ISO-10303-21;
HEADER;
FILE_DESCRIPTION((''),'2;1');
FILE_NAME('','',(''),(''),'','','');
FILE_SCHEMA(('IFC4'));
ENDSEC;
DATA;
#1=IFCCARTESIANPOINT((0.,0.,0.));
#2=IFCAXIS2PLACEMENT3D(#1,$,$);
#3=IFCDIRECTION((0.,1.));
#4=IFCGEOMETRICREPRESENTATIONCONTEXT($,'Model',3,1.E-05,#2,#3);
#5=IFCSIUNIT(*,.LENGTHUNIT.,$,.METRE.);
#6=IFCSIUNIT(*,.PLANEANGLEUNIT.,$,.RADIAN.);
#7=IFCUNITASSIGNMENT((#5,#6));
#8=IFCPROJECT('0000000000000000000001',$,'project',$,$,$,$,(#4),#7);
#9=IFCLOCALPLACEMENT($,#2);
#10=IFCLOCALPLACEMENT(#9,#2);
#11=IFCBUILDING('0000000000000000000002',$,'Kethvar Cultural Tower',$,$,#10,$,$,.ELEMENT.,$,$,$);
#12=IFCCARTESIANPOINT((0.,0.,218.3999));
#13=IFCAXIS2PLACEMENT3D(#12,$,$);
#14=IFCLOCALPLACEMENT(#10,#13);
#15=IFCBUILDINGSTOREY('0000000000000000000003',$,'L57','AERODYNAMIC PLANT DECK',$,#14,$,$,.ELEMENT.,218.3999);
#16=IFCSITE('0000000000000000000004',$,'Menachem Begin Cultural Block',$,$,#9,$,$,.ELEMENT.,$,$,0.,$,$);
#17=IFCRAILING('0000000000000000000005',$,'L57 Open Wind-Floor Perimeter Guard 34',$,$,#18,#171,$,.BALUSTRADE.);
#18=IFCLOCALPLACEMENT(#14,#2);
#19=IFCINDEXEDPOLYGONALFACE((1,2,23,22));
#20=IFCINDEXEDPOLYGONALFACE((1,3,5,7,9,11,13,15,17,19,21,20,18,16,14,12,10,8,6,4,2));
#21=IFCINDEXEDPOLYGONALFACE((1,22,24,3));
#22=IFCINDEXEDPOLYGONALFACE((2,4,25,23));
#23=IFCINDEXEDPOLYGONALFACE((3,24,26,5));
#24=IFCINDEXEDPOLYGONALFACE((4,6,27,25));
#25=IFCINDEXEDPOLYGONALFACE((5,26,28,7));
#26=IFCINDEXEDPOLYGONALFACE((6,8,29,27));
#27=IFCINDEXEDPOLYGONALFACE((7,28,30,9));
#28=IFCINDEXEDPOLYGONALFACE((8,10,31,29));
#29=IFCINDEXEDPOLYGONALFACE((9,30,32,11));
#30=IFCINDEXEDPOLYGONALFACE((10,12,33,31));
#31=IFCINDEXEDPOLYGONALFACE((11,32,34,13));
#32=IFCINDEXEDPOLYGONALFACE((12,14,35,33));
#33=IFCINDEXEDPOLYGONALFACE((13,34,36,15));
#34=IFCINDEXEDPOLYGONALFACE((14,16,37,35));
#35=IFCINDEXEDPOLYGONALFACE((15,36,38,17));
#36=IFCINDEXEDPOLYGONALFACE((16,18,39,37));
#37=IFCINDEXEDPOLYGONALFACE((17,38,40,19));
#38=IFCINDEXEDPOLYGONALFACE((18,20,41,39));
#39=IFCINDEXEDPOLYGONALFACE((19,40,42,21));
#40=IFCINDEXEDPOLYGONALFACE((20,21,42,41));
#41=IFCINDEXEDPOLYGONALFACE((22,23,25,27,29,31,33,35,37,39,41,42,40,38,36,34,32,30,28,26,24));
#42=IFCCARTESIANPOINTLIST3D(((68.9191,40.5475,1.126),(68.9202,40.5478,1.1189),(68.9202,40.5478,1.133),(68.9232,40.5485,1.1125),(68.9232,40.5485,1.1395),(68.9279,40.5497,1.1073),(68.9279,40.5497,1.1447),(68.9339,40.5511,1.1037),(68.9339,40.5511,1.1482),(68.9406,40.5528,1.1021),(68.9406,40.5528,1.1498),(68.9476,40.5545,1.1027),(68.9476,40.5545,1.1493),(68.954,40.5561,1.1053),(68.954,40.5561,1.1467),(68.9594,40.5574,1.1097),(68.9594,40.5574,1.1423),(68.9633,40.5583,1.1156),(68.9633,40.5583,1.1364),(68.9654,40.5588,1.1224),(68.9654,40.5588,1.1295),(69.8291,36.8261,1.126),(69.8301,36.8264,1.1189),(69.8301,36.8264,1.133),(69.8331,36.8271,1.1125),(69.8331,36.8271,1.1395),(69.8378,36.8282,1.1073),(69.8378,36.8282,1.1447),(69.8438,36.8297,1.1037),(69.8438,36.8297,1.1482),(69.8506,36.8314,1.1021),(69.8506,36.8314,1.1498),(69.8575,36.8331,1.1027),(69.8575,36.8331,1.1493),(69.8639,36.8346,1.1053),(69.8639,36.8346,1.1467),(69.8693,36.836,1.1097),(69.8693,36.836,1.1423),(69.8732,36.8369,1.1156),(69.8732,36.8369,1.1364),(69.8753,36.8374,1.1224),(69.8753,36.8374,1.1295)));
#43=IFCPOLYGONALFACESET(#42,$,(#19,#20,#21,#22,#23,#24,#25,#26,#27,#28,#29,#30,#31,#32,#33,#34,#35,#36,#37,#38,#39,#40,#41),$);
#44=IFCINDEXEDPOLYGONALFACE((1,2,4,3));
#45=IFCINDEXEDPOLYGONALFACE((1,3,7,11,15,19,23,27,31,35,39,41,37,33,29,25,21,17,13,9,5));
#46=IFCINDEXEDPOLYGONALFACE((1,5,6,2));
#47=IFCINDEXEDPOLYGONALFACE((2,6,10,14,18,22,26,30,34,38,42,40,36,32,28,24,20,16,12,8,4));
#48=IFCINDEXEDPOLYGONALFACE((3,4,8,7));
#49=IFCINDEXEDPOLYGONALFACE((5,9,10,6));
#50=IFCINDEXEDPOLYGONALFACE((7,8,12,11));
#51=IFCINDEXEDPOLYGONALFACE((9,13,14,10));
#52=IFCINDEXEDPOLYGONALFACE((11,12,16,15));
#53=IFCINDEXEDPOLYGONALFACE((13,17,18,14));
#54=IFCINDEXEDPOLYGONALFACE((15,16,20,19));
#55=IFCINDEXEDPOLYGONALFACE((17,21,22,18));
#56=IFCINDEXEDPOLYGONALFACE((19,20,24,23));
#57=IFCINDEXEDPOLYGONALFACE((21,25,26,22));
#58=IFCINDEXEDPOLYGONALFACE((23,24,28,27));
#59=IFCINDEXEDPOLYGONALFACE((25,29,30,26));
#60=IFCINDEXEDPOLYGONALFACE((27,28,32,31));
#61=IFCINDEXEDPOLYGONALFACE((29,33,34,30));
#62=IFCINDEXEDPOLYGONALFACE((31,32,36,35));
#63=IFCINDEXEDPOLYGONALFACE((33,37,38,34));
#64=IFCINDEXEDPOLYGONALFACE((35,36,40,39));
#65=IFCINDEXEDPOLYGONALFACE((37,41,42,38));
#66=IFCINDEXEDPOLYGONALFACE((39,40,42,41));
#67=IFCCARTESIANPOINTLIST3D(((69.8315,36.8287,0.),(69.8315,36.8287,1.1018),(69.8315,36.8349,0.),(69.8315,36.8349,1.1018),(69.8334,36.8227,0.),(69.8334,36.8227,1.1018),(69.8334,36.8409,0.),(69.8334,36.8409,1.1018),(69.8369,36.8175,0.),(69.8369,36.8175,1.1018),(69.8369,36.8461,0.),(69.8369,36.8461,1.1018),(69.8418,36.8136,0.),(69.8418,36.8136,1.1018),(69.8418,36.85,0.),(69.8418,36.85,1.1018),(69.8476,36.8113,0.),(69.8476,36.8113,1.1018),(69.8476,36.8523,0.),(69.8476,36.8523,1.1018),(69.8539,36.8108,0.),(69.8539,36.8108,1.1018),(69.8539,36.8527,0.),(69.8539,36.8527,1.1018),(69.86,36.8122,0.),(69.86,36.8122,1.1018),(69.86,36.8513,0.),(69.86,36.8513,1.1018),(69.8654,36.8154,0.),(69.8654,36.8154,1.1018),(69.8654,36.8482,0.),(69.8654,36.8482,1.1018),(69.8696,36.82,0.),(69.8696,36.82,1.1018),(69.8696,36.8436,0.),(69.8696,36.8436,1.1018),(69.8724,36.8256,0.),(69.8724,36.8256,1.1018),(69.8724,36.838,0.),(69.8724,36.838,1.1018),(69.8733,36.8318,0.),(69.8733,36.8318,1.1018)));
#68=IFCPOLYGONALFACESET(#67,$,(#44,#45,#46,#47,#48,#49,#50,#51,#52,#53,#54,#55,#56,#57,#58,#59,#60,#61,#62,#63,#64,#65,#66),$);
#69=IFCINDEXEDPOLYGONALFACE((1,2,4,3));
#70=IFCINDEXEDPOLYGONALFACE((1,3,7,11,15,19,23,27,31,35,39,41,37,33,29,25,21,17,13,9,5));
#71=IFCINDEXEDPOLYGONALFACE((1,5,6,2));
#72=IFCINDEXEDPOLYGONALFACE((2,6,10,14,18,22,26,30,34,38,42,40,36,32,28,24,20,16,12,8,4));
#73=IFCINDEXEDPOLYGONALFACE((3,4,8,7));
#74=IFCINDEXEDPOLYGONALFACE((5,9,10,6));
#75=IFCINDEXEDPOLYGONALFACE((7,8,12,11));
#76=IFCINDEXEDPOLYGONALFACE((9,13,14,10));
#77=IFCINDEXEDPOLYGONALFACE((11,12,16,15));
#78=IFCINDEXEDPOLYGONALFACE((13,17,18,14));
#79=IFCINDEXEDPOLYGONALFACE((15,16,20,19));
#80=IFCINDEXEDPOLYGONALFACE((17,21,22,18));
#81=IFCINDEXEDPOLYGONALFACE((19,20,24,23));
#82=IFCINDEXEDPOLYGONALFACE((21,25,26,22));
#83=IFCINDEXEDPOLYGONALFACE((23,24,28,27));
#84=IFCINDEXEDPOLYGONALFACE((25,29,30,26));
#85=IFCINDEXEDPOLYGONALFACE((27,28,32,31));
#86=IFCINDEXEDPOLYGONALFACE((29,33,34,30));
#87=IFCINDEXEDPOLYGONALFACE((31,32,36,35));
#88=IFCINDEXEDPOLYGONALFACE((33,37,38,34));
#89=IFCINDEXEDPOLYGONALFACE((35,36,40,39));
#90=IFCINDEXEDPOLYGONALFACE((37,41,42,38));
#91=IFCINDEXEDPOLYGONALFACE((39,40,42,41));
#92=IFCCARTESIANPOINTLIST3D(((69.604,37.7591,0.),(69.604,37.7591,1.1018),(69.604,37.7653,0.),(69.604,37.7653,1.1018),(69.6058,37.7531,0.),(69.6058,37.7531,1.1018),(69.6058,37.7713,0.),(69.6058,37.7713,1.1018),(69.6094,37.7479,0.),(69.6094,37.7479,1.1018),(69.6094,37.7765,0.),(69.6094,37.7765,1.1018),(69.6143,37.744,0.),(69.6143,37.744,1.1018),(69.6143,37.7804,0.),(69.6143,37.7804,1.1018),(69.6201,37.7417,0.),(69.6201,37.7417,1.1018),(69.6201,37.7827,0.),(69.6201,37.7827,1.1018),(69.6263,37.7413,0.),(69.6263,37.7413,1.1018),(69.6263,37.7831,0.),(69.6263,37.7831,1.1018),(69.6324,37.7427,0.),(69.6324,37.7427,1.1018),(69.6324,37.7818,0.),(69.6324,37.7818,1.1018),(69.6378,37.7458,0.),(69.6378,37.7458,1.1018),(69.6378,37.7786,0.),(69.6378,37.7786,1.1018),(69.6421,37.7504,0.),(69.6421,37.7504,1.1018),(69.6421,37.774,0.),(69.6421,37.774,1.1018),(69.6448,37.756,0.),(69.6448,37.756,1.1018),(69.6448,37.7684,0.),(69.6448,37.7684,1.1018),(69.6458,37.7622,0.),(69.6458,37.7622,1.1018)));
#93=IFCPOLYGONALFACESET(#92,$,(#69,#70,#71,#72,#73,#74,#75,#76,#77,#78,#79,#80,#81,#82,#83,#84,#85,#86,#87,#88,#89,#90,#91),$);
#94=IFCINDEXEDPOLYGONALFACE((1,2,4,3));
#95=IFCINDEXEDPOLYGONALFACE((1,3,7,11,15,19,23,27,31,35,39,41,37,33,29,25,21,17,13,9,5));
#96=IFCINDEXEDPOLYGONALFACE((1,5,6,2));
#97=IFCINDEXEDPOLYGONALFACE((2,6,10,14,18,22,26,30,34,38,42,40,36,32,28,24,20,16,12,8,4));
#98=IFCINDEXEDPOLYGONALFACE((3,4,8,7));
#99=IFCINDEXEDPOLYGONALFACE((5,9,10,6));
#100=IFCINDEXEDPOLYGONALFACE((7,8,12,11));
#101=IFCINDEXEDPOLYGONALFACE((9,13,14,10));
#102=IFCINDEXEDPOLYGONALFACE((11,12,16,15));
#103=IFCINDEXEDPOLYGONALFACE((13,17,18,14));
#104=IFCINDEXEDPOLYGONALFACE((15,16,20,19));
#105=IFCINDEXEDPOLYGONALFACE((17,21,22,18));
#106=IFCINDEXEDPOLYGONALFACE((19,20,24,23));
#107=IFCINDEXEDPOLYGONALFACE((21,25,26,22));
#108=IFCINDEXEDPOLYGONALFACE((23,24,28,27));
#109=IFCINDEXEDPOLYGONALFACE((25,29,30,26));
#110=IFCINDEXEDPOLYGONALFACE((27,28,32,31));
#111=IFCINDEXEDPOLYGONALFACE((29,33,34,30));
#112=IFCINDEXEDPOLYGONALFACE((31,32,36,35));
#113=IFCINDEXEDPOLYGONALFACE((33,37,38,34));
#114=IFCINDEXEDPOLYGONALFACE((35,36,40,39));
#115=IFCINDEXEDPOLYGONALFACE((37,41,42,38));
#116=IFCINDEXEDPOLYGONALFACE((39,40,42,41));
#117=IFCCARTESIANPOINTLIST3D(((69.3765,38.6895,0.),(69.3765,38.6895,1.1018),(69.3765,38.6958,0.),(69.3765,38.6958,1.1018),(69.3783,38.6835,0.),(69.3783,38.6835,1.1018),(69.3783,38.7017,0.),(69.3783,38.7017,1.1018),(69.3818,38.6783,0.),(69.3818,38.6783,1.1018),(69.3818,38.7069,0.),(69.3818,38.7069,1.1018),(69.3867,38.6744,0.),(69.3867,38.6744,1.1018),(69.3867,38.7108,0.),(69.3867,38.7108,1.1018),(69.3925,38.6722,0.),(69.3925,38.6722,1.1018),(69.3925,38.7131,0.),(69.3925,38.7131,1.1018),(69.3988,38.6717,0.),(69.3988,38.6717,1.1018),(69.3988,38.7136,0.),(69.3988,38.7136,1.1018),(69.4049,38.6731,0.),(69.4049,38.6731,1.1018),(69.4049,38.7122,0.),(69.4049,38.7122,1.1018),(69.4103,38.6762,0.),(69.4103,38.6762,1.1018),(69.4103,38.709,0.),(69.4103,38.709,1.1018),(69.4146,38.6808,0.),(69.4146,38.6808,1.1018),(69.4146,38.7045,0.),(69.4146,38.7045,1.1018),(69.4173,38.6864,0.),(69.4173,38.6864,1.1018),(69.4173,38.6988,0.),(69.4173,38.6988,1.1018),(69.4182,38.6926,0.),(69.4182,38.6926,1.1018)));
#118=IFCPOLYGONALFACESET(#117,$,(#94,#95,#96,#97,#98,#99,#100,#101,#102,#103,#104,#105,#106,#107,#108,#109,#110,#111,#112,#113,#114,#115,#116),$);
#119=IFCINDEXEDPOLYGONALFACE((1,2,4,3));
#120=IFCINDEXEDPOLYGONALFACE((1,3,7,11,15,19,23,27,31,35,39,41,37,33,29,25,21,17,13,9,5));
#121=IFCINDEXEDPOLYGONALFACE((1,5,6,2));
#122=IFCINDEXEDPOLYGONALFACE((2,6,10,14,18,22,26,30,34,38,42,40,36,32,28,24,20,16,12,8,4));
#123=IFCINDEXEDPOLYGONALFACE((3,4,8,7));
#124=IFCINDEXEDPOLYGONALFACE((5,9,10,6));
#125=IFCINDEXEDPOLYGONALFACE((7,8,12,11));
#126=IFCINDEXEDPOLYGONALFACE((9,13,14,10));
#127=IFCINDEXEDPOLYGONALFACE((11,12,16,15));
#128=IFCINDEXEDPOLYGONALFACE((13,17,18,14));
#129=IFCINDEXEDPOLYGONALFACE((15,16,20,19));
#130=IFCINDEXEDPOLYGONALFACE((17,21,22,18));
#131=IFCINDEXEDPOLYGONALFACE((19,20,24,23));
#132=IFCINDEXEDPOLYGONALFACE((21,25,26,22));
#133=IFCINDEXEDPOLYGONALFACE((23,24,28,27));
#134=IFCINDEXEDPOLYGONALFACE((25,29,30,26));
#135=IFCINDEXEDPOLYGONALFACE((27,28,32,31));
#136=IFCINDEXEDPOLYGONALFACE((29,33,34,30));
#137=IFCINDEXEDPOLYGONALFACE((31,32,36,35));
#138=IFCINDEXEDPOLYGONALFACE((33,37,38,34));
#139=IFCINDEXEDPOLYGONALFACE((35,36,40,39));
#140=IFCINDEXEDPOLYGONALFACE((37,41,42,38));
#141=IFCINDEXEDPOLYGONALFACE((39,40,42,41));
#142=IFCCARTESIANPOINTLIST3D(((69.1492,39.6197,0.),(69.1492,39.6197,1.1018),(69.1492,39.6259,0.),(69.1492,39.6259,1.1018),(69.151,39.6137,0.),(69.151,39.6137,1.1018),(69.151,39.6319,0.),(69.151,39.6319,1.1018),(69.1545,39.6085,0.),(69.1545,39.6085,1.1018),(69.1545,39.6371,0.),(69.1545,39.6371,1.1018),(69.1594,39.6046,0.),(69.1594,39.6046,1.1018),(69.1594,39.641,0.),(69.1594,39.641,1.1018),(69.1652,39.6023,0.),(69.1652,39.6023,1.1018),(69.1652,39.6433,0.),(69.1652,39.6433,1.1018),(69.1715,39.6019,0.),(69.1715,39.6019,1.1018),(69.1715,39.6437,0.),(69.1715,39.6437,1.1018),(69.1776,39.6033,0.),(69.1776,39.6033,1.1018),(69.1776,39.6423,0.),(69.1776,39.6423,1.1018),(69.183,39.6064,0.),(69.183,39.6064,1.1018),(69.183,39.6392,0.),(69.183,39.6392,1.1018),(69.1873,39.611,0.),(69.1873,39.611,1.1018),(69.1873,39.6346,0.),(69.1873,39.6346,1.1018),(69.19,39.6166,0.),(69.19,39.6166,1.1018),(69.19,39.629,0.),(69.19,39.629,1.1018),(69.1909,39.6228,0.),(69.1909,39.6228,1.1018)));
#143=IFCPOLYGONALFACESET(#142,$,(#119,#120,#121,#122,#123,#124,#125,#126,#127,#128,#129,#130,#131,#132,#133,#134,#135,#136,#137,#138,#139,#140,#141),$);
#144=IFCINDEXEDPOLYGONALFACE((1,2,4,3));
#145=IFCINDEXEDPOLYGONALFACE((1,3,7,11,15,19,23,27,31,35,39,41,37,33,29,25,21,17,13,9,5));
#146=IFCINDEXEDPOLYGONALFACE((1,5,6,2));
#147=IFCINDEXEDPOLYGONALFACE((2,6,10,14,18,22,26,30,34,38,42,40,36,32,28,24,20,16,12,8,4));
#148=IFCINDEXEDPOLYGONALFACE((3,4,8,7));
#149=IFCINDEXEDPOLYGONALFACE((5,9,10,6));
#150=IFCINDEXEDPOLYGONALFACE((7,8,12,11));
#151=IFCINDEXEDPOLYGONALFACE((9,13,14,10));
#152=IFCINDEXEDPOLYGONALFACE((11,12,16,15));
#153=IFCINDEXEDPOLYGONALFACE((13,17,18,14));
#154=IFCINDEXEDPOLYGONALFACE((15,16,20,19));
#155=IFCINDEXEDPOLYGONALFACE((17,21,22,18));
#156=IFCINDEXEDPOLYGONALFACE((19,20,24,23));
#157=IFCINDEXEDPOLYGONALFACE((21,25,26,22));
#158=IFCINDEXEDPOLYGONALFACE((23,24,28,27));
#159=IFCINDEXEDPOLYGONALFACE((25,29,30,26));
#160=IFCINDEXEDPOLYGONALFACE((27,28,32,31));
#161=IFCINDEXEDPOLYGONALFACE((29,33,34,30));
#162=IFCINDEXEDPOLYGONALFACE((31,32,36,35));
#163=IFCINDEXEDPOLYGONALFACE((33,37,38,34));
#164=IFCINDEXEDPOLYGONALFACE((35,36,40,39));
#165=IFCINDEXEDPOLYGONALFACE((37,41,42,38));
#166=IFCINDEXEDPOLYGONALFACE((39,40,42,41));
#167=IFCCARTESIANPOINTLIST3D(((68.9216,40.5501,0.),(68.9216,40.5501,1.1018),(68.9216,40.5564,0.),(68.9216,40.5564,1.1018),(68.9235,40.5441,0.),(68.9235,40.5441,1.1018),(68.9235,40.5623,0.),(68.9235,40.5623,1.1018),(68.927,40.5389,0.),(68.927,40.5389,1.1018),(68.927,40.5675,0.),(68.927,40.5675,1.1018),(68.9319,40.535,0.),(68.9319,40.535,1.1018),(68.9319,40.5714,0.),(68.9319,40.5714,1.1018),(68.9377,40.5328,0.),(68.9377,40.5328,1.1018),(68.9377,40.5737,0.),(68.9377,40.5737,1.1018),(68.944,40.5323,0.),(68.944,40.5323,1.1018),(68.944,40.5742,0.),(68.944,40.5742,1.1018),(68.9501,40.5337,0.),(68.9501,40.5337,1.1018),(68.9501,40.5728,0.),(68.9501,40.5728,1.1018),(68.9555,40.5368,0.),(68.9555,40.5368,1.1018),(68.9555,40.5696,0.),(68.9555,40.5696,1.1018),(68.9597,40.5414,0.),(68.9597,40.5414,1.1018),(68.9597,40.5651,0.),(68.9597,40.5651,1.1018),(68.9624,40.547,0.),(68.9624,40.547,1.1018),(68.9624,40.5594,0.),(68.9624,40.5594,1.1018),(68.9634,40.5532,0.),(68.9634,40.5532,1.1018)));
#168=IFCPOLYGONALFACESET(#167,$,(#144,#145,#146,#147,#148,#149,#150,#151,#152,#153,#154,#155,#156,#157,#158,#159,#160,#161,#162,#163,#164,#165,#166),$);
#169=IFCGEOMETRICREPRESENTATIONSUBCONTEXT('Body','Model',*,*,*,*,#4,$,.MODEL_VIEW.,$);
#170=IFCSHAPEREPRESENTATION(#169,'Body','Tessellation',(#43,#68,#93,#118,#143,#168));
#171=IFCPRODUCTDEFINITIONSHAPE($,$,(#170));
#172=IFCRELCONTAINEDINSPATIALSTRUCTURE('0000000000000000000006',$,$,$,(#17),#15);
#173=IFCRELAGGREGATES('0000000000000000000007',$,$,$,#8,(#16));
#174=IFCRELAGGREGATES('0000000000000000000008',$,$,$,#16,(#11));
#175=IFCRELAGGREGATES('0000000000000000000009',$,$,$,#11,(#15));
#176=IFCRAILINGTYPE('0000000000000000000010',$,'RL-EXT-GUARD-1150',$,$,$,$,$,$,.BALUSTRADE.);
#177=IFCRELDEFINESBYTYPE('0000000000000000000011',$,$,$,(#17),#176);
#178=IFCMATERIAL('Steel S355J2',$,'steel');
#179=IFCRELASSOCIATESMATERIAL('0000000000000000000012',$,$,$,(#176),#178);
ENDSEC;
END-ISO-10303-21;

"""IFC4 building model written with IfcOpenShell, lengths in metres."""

from ifc_helpers import new_model, si_unit, direction, frame, origin, origin_2d, place, context, subcontext, project, spatial, circle, extrude, material, type_object, element, save


model = new_model("IFC4")

# Units and contexts
model_context = context("Model", 3, precision=1e-05, world=origin(), true_north=direction((0.0, 1.0)))
body_context = subcontext(model_context, "Body", "Model", "MODEL_VIEW")
ifc_project = project(units=[si_unit("LENGTHUNIT", "METRE"), si_unit("PLANEANGLEUNIT", "RADIAN")], contexts=[model_context])

# Site, building, storey
site_placement = place(None, origin())
site = spatial("IfcSite", under=ifc_project, at=site_placement, Name="Menachem Begin Cultural Block", CompositionType="ELEMENT", RefElevation=0.0)
building_placement = place(site_placement, origin())
building = spatial("IfcBuilding", under=site, at=building_placement, Name="Kethvar Cultural Tower", CompositionType="ELEMENT")
storey_placement = place(building_placement, frame((0.0, 0.0, 218.3999)))
storey = spatial("IfcBuildingStorey", under=building, at=storey_placement, Name="L57", Description="AERODYNAMIC PLANT DECK", CompositionType="ELEMENT", Elevation=218.3999)

# Shared definitions
ifc_material_1 = material(Name="Steel S355J2", Category="steel")

# Railing
railing_type_1 = type_object("IfcRailingType", Name="RL-EXT-GUARD-1150", PredefinedType="BALUSTRADE", material=ifc_material_1)
railing_1_placement = place(storey_placement, frame((69.8523, 36.8318, 0.0)))
element("IfcRailing", 1, at=railing_1_placement, inside=storey, type_object=railing_type_1, Name="L57 Open Wind-Floor Perimeter Guard 34", PredefinedType="BALUSTRADE", context=body_context, shape_type="SweptSolid", body=[
    extrude(circle(Radius=0.0239, at=origin_2d()), frame((0.0, 0.0, 1.126), z_axis=(-0.237509, 0.971385, 0.0), x_axis=(-0.971385, -0.237509, 0.0)), (0.0, 0.0, 1.0), 3.8311),
    extrude(circle(Radius=0.021, at=origin_2d()), origin(), (0.0, 0.0, 1.0), 1.1018),
    extrude(circle(Radius=0.021, at=origin_2d()), frame((-0.2275, 0.9304, 0.0)), (0.0, 0.0, 1.0), 1.1018),
    extrude(circle(Radius=0.021, at=origin_2d()), frame((-0.4551, 1.8608, 0.0)), (0.0, 0.0, 1.0), 1.1018),
    extrude(circle(Radius=0.021, at=origin_2d()), frame((-0.6824, 2.791, 0.0)), (0.0, 0.0, 1.0), 1.1018),
    extrude(circle(Radius=0.021, at=origin_2d()), frame((-0.9099, 3.7214, 0.0)), (0.0, 0.0, 1.0), 1.1018),
])

save(model, "model.ifc")
